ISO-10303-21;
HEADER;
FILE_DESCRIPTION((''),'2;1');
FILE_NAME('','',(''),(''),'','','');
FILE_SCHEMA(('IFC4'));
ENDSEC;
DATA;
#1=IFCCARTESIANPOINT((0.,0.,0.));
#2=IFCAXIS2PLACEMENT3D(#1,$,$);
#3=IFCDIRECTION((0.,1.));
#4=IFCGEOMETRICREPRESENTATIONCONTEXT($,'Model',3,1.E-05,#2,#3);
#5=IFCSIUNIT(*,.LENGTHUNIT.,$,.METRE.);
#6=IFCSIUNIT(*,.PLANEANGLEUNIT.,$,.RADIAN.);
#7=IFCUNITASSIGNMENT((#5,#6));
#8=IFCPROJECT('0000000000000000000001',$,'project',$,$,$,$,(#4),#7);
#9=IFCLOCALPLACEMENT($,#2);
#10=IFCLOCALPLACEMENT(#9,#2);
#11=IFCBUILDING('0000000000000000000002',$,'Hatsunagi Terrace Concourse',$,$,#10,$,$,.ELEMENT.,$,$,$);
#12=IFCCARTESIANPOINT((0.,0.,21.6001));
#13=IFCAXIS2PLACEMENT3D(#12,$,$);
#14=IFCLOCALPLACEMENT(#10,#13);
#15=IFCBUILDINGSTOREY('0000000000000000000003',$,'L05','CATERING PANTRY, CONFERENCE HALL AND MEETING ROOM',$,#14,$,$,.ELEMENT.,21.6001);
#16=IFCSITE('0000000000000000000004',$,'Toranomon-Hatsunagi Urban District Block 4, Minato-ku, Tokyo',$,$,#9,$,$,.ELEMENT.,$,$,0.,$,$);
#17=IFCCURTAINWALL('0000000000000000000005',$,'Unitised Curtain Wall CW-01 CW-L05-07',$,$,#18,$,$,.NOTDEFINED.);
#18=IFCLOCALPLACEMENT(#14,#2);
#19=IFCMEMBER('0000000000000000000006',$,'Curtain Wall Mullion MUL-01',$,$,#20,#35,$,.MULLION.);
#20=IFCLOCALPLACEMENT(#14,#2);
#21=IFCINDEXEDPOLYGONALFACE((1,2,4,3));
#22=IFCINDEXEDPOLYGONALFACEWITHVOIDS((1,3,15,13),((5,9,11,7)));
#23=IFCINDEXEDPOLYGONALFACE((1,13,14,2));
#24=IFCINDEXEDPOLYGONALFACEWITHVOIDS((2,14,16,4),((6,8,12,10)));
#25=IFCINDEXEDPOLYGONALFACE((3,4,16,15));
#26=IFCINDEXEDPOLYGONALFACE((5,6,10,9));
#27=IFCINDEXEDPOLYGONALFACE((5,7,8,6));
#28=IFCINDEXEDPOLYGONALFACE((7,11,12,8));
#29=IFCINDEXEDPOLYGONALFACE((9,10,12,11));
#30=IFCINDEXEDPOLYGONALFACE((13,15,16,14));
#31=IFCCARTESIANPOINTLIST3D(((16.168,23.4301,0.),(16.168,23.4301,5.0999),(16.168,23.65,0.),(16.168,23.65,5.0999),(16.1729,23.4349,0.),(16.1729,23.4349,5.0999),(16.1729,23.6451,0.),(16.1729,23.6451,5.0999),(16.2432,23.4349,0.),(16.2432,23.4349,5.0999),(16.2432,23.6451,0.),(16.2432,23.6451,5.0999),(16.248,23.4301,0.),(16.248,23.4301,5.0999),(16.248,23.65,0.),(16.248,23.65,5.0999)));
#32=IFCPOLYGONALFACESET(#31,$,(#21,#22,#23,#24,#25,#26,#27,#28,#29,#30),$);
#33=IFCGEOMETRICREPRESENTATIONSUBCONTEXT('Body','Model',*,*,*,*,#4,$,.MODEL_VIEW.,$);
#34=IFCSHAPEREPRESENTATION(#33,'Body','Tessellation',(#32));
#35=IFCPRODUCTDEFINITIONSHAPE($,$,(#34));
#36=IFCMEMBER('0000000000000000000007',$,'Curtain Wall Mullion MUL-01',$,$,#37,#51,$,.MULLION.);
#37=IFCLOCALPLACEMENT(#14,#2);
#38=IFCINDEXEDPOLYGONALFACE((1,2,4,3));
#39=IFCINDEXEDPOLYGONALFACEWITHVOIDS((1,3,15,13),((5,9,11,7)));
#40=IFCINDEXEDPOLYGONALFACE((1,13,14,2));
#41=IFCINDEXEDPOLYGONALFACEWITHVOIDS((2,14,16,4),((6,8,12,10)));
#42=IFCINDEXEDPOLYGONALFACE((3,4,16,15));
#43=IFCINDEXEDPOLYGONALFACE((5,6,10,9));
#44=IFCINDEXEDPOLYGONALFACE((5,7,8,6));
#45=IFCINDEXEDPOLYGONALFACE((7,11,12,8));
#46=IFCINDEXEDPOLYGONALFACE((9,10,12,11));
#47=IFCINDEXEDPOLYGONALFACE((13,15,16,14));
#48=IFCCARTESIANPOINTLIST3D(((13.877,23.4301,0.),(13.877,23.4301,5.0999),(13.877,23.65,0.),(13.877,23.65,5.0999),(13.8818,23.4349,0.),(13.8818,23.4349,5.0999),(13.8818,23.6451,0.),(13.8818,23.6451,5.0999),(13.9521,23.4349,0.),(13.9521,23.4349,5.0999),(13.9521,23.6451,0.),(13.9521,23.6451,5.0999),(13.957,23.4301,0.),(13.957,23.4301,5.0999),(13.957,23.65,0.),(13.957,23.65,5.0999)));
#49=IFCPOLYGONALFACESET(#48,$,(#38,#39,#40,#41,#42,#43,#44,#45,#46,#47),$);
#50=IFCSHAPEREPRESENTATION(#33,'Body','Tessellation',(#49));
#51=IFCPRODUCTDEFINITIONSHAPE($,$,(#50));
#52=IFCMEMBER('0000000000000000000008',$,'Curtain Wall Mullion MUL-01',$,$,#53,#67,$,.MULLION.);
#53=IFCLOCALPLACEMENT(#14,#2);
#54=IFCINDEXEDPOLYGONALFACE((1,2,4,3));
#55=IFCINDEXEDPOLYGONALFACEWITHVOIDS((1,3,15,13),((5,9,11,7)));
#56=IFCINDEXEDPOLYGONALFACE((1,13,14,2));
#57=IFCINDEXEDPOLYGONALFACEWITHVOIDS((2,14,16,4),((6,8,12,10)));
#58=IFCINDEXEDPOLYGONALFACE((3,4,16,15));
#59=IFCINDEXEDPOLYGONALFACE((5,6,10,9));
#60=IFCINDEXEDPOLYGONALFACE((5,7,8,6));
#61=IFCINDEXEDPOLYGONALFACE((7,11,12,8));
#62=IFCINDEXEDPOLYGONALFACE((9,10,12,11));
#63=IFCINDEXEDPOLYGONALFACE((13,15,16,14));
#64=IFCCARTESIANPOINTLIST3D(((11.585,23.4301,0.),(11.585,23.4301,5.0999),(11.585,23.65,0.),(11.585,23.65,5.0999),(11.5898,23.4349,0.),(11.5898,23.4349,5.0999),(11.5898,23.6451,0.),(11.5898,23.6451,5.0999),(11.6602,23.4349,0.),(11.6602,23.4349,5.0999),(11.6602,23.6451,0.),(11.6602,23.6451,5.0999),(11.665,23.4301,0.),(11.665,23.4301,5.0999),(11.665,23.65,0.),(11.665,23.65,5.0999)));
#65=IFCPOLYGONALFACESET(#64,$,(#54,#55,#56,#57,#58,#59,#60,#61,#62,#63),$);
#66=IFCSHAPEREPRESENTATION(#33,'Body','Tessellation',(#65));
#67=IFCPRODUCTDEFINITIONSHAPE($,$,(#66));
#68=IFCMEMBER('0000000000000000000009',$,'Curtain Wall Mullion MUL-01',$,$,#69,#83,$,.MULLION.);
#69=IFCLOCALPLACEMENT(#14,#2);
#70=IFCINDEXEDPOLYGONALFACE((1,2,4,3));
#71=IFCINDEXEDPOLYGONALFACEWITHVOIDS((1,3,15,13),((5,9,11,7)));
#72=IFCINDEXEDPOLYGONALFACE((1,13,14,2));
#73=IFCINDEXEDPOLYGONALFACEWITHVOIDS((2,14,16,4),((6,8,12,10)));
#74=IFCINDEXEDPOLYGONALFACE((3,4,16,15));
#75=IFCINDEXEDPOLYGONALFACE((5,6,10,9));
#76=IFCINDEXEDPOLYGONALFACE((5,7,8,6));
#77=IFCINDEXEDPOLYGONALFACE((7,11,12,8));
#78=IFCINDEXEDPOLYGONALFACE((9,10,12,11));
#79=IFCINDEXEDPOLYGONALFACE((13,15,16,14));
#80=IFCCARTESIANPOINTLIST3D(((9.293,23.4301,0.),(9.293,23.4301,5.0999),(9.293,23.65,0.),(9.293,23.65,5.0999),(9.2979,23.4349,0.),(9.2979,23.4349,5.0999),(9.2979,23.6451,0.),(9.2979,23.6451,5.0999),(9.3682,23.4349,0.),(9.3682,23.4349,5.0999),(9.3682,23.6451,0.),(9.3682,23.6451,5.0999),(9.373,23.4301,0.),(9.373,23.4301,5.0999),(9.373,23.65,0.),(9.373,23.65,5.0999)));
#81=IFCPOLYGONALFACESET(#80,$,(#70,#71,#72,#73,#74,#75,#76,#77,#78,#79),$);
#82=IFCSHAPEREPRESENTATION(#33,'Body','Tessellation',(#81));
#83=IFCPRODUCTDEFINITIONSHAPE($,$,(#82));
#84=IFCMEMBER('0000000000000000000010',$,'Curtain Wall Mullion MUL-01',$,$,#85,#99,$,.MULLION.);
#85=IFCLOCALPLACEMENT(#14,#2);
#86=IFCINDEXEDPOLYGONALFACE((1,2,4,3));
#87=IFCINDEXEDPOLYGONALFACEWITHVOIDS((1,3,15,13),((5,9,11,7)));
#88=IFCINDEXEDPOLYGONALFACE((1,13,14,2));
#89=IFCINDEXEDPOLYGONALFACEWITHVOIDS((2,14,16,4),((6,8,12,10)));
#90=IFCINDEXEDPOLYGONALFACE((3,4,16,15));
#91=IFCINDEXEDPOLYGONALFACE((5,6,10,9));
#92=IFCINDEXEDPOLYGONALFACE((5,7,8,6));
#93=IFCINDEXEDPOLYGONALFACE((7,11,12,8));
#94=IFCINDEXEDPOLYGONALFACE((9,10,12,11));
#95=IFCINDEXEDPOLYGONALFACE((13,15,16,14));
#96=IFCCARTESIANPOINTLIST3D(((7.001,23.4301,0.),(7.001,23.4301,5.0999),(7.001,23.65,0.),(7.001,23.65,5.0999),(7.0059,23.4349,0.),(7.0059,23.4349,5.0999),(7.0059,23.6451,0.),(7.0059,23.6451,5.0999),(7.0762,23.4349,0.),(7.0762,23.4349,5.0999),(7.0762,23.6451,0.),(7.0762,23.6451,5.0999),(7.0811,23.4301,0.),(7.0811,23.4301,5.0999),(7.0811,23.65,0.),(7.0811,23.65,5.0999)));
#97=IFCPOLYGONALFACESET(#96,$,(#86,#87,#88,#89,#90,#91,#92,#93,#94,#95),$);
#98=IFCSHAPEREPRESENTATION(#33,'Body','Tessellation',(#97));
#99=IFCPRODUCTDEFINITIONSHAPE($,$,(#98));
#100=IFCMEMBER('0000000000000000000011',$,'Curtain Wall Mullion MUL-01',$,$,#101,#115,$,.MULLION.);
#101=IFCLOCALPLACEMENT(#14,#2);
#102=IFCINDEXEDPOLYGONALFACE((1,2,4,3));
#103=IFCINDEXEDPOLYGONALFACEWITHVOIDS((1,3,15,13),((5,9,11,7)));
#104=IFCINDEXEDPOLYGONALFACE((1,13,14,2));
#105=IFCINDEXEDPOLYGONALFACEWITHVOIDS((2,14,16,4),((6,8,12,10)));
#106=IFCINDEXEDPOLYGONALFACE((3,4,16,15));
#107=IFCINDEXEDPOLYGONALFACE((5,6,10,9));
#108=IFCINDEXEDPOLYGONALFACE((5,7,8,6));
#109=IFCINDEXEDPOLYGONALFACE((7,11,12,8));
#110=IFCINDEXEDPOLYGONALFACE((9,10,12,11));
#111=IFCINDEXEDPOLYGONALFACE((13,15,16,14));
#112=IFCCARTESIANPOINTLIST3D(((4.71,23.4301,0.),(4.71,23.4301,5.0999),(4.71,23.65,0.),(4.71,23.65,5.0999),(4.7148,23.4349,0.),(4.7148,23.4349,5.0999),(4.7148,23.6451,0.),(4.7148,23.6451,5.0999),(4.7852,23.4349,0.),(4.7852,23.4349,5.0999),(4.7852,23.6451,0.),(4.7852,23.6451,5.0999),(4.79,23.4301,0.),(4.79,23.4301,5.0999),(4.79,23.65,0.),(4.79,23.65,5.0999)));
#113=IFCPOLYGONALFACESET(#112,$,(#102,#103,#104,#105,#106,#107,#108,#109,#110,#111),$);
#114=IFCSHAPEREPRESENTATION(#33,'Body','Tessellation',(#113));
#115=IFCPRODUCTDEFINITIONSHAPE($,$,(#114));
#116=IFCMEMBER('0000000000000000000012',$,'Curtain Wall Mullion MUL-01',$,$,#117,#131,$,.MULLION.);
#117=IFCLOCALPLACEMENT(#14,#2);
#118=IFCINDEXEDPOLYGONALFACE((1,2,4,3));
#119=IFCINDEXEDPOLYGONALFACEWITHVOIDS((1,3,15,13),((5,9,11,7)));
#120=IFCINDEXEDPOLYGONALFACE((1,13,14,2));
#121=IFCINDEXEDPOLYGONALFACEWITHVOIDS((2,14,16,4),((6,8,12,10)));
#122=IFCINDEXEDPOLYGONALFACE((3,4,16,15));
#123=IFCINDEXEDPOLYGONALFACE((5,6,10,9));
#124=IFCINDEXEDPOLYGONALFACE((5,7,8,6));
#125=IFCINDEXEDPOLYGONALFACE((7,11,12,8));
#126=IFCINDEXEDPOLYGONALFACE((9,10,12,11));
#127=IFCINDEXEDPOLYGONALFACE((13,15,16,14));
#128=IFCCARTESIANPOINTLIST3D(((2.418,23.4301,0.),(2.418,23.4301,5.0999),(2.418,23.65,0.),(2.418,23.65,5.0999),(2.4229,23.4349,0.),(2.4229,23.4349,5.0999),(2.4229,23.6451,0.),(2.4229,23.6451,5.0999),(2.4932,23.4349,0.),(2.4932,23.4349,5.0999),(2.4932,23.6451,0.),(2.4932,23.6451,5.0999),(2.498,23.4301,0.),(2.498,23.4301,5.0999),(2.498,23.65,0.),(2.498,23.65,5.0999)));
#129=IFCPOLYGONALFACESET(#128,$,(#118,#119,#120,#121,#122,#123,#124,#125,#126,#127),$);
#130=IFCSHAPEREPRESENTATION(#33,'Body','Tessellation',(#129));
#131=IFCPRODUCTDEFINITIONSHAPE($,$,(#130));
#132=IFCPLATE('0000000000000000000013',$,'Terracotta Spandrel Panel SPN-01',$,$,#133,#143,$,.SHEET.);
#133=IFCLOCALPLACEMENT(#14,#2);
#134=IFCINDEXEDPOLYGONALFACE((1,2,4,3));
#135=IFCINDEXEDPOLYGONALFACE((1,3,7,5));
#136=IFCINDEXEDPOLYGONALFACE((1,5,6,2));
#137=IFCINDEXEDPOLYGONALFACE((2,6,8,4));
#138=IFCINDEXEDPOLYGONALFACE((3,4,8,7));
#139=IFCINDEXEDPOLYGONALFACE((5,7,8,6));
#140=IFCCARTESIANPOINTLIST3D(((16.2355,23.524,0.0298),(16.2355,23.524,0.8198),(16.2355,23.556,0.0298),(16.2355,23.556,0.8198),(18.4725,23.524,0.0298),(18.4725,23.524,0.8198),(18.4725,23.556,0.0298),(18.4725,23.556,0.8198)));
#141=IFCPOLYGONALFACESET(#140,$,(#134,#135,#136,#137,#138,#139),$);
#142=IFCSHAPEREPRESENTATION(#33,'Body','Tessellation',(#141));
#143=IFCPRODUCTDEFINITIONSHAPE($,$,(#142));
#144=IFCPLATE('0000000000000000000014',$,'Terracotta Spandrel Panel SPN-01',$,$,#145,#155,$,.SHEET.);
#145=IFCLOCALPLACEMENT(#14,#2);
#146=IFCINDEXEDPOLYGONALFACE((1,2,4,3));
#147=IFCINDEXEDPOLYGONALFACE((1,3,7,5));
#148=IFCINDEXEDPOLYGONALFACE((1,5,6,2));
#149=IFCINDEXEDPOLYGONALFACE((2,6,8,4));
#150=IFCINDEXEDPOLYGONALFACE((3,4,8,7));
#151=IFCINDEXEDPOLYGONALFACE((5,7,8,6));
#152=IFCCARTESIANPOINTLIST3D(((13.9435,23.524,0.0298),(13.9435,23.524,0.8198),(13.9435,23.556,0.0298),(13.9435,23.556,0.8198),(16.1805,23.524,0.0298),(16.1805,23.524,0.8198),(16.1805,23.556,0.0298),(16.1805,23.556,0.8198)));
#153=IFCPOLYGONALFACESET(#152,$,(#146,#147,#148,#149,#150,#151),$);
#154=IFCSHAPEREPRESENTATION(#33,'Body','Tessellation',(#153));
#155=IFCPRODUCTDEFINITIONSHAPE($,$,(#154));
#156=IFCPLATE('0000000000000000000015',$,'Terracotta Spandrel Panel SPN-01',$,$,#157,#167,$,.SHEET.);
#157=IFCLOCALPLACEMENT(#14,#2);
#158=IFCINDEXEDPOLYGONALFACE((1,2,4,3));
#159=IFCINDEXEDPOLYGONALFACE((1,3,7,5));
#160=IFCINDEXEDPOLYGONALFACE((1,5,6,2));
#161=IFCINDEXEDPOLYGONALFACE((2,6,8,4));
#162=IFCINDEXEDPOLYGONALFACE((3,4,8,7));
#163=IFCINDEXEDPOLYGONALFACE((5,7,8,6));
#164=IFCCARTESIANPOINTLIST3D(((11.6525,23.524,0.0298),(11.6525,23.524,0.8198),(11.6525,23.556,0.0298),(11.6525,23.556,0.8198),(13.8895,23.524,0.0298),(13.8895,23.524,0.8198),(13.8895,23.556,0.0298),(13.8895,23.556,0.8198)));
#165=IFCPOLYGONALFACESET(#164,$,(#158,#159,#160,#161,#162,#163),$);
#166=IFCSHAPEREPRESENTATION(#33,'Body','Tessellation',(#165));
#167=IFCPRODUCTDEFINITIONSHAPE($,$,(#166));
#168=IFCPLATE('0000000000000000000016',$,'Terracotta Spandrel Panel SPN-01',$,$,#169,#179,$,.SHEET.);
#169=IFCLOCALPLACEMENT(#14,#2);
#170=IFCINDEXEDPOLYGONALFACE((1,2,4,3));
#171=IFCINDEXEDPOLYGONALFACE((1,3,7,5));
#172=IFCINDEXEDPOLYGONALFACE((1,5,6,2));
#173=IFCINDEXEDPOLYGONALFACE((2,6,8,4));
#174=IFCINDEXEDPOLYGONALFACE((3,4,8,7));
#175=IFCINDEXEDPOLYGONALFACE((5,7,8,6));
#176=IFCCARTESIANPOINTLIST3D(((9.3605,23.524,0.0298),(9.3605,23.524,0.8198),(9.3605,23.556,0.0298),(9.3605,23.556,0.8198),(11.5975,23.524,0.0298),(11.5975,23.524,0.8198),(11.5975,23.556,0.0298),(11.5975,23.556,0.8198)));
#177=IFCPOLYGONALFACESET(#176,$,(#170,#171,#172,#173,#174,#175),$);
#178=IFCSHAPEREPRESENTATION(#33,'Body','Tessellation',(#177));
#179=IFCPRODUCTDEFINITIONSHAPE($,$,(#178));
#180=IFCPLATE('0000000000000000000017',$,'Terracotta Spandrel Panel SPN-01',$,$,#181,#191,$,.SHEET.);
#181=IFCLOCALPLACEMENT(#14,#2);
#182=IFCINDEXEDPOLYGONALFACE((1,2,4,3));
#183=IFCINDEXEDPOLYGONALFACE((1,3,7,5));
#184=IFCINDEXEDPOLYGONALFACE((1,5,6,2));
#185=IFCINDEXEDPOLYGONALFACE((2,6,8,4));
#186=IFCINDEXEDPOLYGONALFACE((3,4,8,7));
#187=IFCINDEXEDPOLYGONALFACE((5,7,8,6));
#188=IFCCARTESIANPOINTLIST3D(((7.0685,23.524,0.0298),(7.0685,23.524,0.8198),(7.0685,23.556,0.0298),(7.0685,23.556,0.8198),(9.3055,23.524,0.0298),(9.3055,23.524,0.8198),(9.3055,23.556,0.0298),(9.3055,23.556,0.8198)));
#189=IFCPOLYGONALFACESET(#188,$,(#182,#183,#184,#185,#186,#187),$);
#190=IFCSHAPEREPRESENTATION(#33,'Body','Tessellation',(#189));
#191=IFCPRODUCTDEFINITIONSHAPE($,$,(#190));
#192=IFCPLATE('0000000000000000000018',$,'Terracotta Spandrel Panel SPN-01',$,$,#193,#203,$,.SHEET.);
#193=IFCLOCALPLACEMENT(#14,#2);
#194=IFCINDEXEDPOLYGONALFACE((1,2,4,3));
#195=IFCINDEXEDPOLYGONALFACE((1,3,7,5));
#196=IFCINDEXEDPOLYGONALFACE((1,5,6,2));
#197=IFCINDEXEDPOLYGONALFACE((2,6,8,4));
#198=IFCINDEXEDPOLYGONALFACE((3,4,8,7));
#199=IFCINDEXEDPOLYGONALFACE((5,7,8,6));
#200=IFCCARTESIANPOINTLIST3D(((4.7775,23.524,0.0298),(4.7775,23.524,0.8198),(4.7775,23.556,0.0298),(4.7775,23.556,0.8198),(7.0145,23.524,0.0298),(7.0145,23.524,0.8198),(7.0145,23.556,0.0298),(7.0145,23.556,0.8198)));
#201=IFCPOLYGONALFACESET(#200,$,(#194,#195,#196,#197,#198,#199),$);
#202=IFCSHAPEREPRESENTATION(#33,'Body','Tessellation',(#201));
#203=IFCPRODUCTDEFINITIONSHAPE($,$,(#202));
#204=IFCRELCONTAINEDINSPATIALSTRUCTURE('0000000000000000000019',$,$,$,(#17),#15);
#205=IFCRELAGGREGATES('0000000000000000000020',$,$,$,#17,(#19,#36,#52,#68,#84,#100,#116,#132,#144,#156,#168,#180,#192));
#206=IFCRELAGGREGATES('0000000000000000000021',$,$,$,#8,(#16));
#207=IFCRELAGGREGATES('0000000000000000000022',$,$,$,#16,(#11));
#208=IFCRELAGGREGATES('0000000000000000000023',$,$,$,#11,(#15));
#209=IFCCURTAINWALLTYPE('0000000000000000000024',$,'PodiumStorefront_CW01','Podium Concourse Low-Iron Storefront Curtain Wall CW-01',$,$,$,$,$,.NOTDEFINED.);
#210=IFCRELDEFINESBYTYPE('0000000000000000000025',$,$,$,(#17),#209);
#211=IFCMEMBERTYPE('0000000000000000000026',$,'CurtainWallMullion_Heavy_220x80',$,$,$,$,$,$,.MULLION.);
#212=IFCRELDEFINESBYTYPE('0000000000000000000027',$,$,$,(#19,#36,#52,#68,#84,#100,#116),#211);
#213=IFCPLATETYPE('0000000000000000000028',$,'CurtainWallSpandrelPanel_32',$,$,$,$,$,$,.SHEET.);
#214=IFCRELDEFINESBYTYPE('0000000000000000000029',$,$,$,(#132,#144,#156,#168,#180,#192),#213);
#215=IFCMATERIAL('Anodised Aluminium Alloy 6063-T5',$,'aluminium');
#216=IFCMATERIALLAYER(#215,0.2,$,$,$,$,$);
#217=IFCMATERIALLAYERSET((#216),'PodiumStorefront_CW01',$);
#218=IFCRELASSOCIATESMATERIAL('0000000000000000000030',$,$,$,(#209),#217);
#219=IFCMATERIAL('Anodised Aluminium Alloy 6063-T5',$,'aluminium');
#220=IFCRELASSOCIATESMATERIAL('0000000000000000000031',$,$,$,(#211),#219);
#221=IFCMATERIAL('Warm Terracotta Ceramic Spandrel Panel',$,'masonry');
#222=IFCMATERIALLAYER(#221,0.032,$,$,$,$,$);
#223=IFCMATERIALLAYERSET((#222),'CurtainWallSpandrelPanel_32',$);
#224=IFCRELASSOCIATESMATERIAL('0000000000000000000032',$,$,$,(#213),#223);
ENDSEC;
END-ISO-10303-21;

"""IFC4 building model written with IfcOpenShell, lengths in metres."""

from ifc_helpers import new_model, si_unit, direction, frame, origin, origin_2d, place, context, subcontext, project, spatial, rectangle, hollow_rectangle, extrude, material, layer, layer_set, material_profile, profile_set, type_object, element, aggregate, save


model = new_model("IFC4")

# Units and contexts
model_context = context("Model", 3, precision=1e-05, world=origin(), true_north=direction((0.0, 1.0)))
body_context = subcontext(model_context, "Body", "Model", "MODEL_VIEW")
ifc_project = project(units=[si_unit("LENGTHUNIT", "METRE"), si_unit("PLANEANGLEUNIT", "RADIAN")], contexts=[model_context])

# Site, building, storey
site_placement = place(None, origin())
site = spatial("IfcSite", under=ifc_project, at=site_placement, Name="Toranomon-Hatsunagi Urban District Block 4, Minato-ku, Tokyo", CompositionType="ELEMENT", RefElevation=0.0)
building_placement = place(site_placement, origin())
building = spatial("IfcBuilding", under=site, at=building_placement, Name="Hatsunagi Terrace Concourse", CompositionType="ELEMENT")
storey_placement = place(building_placement, frame((0.0, 0.0, 21.6001)))
storey = spatial("IfcBuildingStorey", under=building, at=storey_placement, Name="L05", Description="CATERING PANTRY, CONFERENCE HALL AND MEETING ROOM", CompositionType="ELEMENT", Elevation=21.6001)

# Curtain wall, members, plates
ifc_material_1 = material(Name="Anodised Aluminium Alloy 6063-T5", Category="aluminium")
ifc_layer_1 = layer(ifc_material_1, 0.2)
ifc_layer_set_1 = layer_set([ifc_layer_1], Name="PodiumStorefront_CW01")
curtain_wall_type = type_object("IfcCurtainWallType", Name="PodiumStorefront_CW01", Description="Podium Concourse Low-Iron Storefront Curtain Wall CW-01", PredefinedType="NOTDEFINED", material=ifc_layer_set_1)
curtain_wall_placement = place(storey_placement, origin())
curtain_wall = element("IfcCurtainWall", 1, at=curtain_wall_placement, inside=storey, type_object=curtain_wall_type, Name="Unitised Curtain Wall CW-01 CW-L05-07", PredefinedType="NOTDEFINED")
ifc_material_2 = material(Name="Anodised Aluminium Alloy 6063-T5", Category="aluminium")
ifc_material_profile = material_profile(ifc_material_2, hollow_rectangle(XDim=0.0801, YDim=0.22, WallThickness=0.0049, at=origin_2d()), Name="ALU-MUL-220x80x5")
ifc_profile_set = profile_set([ifc_material_profile], Name="Anodised Aluminium Alloy 6063-T5")
member_type = type_object("IfcMemberType", Name="CurtainWallMullion_Heavy_220x80", PredefinedType="MULLION", material=ifc_profile_set)
member_1_placement = place(storey_placement, frame((16.208, 23.54, 0.0), z_axis=(0.0, 0.0, 1.0), x_axis=(-1.0, 0.0, 0.0)))
member_1 = element("IfcMember", 2, at=member_1_placement, type_object=member_type, Name="Curtain Wall Mullion MUL-01", PredefinedType="MULLION", context=body_context, shape_type="SweptSolid", body=[
    extrude(hollow_rectangle(XDim=0.0801, YDim=0.22, WallThickness=0.0049, at=origin_2d()), origin(), (0.0, 0.0, 1.0), 5.0999),
])
member_2_placement = place(storey_placement, frame((13.917, 23.54, 0.0), z_axis=(0.0, 0.0, 1.0), x_axis=(-1.0, 0.0, 0.0)))
member_2 = element("IfcMember", 3, at=member_2_placement, type_object=member_type, Name="Curtain Wall Mullion MUL-01", PredefinedType="MULLION", context=body_context, shape_type="SweptSolid", body=[
    extrude(hollow_rectangle(XDim=0.0801, YDim=0.22, WallThickness=0.0049, at=origin_2d()), origin(), (0.0, 0.0, 1.0), 5.0999),
])
member_3_placement = place(storey_placement, frame((11.625, 23.54, 0.0), z_axis=(0.0, 0.0, 1.0), x_axis=(-1.0, 0.0, 0.0)))
member_3 = element("IfcMember", 4, at=member_3_placement, type_object=member_type, Name="Curtain Wall Mullion MUL-01", PredefinedType="MULLION", context=body_context, shape_type="SweptSolid", body=[
    extrude(hollow_rectangle(XDim=0.0801, YDim=0.22, WallThickness=0.0049, at=origin_2d()), origin(), (0.0, 0.0, 1.0), 5.0999),
])
member_4_placement = place(storey_placement, frame((9.333, 23.54, 0.0), z_axis=(0.0, 0.0, 1.0), x_axis=(-1.0, 0.0, 0.0)))
member_4 = element("IfcMember", 5, at=member_4_placement, type_object=member_type, Name="Curtain Wall Mullion MUL-01", PredefinedType="MULLION", context=body_context, shape_type="SweptSolid", body=[
    extrude(hollow_rectangle(XDim=0.0801, YDim=0.22, WallThickness=0.0049, at=origin_2d()), origin(), (0.0, 0.0, 1.0), 5.0999),
])
member_5_placement = place(storey_placement, frame((7.041, 23.54, 0.0), z_axis=(0.0, 0.0, 1.0), x_axis=(-1.0, 0.0, 0.0)))
member_5 = element("IfcMember", 6, at=member_5_placement, type_object=member_type, Name="Curtain Wall Mullion MUL-01", PredefinedType="MULLION", context=body_context, shape_type="SweptSolid", body=[
    extrude(hollow_rectangle(XDim=0.0801, YDim=0.22, WallThickness=0.0049, at=origin_2d()), origin(), (0.0, 0.0, 1.0), 5.0999),
])
member_6_placement = place(storey_placement, frame((4.75, 23.54, 0.0), z_axis=(0.0, 0.0, 1.0), x_axis=(-1.0, 0.0, 0.0)))
member_6 = element("IfcMember", 7, at=member_6_placement, type_object=member_type, Name="Curtain Wall Mullion MUL-01", PredefinedType="MULLION", context=body_context, shape_type="SweptSolid", body=[
    extrude(hollow_rectangle(XDim=0.0801, YDim=0.22, WallThickness=0.0049, at=origin_2d()), origin(), (0.0, 0.0, 1.0), 5.0999),
])
member_7_placement = place(storey_placement, frame((2.458, 23.54, 0.0), z_axis=(0.0, 0.0, 1.0), x_axis=(-1.0, 0.0, 0.0)))
member_7 = element("IfcMember", 8, at=member_7_placement, type_object=member_type, Name="Curtain Wall Mullion MUL-01", PredefinedType="MULLION", context=body_context, shape_type="SweptSolid", body=[
    extrude(hollow_rectangle(XDim=0.0801, YDim=0.22, WallThickness=0.0049, at=origin_2d()), origin(), (0.0, 0.0, 1.0), 5.0999),
])
ifc_material_3 = material(Name="Warm Terracotta Ceramic Spandrel Panel", Category="masonry")
ifc_layer_2 = layer(ifc_material_3, 0.032)
ifc_layer_set_2 = layer_set([ifc_layer_2], Name="CurtainWallSpandrelPanel_32")
plate_type_1 = type_object("IfcPlateType", Name="CurtainWallSpandrelPanel_32", PredefinedType="SHEET", material=ifc_layer_set_2)
plate_1_placement = place(storey_placement, frame((17.354, 23.54, 0.0298), z_axis=(0.0, 0.0, 1.0), x_axis=(-1.0, 0.0, 0.0)))
plate_1 = element("IfcPlate", 9, at=plate_1_placement, type_object=plate_type_1, Name="Terracotta Spandrel Panel SPN-01", PredefinedType="SHEET", context=body_context, shape_type="SweptSolid", body=[
    extrude(rectangle(XDim=2.2371, YDim=0.032, at=origin_2d()), origin(), (0.0, 0.0, 1.0), 0.79),
])
plate_2_placement = place(storey_placement, frame((15.062, 23.54, 0.0298), z_axis=(0.0, 0.0, 1.0), x_axis=(-1.0, 0.0, 0.0)))
plate_2 = element("IfcPlate", 10, at=plate_2_placement, type_object=plate_type_1, Name="Terracotta Spandrel Panel SPN-01", PredefinedType="SHEET", context=body_context, shape_type="SweptSolid", body=[
    extrude(rectangle(XDim=2.2371, YDim=0.032, at=origin_2d()), origin(), (0.0, 0.0, 1.0), 0.79),
])
plate_3_placement = place(storey_placement, frame((12.771, 23.54, 0.0298), z_axis=(0.0, 0.0, 1.0), x_axis=(-1.0, 0.0, 0.0)))
plate_3 = element("IfcPlate", 11, at=plate_3_placement, type_object=plate_type_1, Name="Terracotta Spandrel Panel SPN-01", PredefinedType="SHEET", context=body_context, shape_type="SweptSolid", body=[
    extrude(rectangle(XDim=2.2371, YDim=0.032, at=origin_2d()), origin(), (0.0, 0.0, 1.0), 0.79),
])
plate_4_placement = place(storey_placement, frame((10.479, 23.54, 0.0298), z_axis=(0.0, 0.0, 1.0), x_axis=(-1.0, 0.0, 0.0)))
plate_4 = element("IfcPlate", 12, at=plate_4_placement, type_object=plate_type_1, Name="Terracotta Spandrel Panel SPN-01", PredefinedType="SHEET", context=body_context, shape_type="SweptSolid", body=[
    extrude(rectangle(XDim=2.2371, YDim=0.032, at=origin_2d()), origin(), (0.0, 0.0, 1.0), 0.79),
])
plate_5_placement = place(storey_placement, frame((8.187, 23.54, 0.0298), z_axis=(0.0, 0.0, 1.0), x_axis=(-1.0, 0.0, 0.0)))
plate_5 = element("IfcPlate", 13, at=plate_5_placement, type_object=plate_type_1, Name="Terracotta Spandrel Panel SPN-01", PredefinedType="SHEET", context=body_context, shape_type="SweptSolid", body=[
    extrude(rectangle(XDim=2.2371, YDim=0.032, at=origin_2d()), origin(), (0.0, 0.0, 1.0), 0.79),
])
plate_6_placement = place(storey_placement, frame((5.896, 23.54, 0.0298), z_axis=(0.0, 0.0, 1.0), x_axis=(-1.0, 0.0, 0.0)))
plate_6 = element("IfcPlate", 14, at=plate_6_placement, type_object=plate_type_1, Name="Terracotta Spandrel Panel SPN-01", PredefinedType="SHEET", context=body_context, shape_type="SweptSolid", body=[
    extrude(rectangle(XDim=2.2371, YDim=0.032, at=origin_2d()), origin(), (0.0, 0.0, 1.0), 0.79),
])
aggregate(curtain_wall, [member_1, member_2, member_3, member_4, member_5, member_6, member_7, plate_1, plate_2, plate_3, plate_4, plate_5, plate_6])

save(model, "model.ifc")
